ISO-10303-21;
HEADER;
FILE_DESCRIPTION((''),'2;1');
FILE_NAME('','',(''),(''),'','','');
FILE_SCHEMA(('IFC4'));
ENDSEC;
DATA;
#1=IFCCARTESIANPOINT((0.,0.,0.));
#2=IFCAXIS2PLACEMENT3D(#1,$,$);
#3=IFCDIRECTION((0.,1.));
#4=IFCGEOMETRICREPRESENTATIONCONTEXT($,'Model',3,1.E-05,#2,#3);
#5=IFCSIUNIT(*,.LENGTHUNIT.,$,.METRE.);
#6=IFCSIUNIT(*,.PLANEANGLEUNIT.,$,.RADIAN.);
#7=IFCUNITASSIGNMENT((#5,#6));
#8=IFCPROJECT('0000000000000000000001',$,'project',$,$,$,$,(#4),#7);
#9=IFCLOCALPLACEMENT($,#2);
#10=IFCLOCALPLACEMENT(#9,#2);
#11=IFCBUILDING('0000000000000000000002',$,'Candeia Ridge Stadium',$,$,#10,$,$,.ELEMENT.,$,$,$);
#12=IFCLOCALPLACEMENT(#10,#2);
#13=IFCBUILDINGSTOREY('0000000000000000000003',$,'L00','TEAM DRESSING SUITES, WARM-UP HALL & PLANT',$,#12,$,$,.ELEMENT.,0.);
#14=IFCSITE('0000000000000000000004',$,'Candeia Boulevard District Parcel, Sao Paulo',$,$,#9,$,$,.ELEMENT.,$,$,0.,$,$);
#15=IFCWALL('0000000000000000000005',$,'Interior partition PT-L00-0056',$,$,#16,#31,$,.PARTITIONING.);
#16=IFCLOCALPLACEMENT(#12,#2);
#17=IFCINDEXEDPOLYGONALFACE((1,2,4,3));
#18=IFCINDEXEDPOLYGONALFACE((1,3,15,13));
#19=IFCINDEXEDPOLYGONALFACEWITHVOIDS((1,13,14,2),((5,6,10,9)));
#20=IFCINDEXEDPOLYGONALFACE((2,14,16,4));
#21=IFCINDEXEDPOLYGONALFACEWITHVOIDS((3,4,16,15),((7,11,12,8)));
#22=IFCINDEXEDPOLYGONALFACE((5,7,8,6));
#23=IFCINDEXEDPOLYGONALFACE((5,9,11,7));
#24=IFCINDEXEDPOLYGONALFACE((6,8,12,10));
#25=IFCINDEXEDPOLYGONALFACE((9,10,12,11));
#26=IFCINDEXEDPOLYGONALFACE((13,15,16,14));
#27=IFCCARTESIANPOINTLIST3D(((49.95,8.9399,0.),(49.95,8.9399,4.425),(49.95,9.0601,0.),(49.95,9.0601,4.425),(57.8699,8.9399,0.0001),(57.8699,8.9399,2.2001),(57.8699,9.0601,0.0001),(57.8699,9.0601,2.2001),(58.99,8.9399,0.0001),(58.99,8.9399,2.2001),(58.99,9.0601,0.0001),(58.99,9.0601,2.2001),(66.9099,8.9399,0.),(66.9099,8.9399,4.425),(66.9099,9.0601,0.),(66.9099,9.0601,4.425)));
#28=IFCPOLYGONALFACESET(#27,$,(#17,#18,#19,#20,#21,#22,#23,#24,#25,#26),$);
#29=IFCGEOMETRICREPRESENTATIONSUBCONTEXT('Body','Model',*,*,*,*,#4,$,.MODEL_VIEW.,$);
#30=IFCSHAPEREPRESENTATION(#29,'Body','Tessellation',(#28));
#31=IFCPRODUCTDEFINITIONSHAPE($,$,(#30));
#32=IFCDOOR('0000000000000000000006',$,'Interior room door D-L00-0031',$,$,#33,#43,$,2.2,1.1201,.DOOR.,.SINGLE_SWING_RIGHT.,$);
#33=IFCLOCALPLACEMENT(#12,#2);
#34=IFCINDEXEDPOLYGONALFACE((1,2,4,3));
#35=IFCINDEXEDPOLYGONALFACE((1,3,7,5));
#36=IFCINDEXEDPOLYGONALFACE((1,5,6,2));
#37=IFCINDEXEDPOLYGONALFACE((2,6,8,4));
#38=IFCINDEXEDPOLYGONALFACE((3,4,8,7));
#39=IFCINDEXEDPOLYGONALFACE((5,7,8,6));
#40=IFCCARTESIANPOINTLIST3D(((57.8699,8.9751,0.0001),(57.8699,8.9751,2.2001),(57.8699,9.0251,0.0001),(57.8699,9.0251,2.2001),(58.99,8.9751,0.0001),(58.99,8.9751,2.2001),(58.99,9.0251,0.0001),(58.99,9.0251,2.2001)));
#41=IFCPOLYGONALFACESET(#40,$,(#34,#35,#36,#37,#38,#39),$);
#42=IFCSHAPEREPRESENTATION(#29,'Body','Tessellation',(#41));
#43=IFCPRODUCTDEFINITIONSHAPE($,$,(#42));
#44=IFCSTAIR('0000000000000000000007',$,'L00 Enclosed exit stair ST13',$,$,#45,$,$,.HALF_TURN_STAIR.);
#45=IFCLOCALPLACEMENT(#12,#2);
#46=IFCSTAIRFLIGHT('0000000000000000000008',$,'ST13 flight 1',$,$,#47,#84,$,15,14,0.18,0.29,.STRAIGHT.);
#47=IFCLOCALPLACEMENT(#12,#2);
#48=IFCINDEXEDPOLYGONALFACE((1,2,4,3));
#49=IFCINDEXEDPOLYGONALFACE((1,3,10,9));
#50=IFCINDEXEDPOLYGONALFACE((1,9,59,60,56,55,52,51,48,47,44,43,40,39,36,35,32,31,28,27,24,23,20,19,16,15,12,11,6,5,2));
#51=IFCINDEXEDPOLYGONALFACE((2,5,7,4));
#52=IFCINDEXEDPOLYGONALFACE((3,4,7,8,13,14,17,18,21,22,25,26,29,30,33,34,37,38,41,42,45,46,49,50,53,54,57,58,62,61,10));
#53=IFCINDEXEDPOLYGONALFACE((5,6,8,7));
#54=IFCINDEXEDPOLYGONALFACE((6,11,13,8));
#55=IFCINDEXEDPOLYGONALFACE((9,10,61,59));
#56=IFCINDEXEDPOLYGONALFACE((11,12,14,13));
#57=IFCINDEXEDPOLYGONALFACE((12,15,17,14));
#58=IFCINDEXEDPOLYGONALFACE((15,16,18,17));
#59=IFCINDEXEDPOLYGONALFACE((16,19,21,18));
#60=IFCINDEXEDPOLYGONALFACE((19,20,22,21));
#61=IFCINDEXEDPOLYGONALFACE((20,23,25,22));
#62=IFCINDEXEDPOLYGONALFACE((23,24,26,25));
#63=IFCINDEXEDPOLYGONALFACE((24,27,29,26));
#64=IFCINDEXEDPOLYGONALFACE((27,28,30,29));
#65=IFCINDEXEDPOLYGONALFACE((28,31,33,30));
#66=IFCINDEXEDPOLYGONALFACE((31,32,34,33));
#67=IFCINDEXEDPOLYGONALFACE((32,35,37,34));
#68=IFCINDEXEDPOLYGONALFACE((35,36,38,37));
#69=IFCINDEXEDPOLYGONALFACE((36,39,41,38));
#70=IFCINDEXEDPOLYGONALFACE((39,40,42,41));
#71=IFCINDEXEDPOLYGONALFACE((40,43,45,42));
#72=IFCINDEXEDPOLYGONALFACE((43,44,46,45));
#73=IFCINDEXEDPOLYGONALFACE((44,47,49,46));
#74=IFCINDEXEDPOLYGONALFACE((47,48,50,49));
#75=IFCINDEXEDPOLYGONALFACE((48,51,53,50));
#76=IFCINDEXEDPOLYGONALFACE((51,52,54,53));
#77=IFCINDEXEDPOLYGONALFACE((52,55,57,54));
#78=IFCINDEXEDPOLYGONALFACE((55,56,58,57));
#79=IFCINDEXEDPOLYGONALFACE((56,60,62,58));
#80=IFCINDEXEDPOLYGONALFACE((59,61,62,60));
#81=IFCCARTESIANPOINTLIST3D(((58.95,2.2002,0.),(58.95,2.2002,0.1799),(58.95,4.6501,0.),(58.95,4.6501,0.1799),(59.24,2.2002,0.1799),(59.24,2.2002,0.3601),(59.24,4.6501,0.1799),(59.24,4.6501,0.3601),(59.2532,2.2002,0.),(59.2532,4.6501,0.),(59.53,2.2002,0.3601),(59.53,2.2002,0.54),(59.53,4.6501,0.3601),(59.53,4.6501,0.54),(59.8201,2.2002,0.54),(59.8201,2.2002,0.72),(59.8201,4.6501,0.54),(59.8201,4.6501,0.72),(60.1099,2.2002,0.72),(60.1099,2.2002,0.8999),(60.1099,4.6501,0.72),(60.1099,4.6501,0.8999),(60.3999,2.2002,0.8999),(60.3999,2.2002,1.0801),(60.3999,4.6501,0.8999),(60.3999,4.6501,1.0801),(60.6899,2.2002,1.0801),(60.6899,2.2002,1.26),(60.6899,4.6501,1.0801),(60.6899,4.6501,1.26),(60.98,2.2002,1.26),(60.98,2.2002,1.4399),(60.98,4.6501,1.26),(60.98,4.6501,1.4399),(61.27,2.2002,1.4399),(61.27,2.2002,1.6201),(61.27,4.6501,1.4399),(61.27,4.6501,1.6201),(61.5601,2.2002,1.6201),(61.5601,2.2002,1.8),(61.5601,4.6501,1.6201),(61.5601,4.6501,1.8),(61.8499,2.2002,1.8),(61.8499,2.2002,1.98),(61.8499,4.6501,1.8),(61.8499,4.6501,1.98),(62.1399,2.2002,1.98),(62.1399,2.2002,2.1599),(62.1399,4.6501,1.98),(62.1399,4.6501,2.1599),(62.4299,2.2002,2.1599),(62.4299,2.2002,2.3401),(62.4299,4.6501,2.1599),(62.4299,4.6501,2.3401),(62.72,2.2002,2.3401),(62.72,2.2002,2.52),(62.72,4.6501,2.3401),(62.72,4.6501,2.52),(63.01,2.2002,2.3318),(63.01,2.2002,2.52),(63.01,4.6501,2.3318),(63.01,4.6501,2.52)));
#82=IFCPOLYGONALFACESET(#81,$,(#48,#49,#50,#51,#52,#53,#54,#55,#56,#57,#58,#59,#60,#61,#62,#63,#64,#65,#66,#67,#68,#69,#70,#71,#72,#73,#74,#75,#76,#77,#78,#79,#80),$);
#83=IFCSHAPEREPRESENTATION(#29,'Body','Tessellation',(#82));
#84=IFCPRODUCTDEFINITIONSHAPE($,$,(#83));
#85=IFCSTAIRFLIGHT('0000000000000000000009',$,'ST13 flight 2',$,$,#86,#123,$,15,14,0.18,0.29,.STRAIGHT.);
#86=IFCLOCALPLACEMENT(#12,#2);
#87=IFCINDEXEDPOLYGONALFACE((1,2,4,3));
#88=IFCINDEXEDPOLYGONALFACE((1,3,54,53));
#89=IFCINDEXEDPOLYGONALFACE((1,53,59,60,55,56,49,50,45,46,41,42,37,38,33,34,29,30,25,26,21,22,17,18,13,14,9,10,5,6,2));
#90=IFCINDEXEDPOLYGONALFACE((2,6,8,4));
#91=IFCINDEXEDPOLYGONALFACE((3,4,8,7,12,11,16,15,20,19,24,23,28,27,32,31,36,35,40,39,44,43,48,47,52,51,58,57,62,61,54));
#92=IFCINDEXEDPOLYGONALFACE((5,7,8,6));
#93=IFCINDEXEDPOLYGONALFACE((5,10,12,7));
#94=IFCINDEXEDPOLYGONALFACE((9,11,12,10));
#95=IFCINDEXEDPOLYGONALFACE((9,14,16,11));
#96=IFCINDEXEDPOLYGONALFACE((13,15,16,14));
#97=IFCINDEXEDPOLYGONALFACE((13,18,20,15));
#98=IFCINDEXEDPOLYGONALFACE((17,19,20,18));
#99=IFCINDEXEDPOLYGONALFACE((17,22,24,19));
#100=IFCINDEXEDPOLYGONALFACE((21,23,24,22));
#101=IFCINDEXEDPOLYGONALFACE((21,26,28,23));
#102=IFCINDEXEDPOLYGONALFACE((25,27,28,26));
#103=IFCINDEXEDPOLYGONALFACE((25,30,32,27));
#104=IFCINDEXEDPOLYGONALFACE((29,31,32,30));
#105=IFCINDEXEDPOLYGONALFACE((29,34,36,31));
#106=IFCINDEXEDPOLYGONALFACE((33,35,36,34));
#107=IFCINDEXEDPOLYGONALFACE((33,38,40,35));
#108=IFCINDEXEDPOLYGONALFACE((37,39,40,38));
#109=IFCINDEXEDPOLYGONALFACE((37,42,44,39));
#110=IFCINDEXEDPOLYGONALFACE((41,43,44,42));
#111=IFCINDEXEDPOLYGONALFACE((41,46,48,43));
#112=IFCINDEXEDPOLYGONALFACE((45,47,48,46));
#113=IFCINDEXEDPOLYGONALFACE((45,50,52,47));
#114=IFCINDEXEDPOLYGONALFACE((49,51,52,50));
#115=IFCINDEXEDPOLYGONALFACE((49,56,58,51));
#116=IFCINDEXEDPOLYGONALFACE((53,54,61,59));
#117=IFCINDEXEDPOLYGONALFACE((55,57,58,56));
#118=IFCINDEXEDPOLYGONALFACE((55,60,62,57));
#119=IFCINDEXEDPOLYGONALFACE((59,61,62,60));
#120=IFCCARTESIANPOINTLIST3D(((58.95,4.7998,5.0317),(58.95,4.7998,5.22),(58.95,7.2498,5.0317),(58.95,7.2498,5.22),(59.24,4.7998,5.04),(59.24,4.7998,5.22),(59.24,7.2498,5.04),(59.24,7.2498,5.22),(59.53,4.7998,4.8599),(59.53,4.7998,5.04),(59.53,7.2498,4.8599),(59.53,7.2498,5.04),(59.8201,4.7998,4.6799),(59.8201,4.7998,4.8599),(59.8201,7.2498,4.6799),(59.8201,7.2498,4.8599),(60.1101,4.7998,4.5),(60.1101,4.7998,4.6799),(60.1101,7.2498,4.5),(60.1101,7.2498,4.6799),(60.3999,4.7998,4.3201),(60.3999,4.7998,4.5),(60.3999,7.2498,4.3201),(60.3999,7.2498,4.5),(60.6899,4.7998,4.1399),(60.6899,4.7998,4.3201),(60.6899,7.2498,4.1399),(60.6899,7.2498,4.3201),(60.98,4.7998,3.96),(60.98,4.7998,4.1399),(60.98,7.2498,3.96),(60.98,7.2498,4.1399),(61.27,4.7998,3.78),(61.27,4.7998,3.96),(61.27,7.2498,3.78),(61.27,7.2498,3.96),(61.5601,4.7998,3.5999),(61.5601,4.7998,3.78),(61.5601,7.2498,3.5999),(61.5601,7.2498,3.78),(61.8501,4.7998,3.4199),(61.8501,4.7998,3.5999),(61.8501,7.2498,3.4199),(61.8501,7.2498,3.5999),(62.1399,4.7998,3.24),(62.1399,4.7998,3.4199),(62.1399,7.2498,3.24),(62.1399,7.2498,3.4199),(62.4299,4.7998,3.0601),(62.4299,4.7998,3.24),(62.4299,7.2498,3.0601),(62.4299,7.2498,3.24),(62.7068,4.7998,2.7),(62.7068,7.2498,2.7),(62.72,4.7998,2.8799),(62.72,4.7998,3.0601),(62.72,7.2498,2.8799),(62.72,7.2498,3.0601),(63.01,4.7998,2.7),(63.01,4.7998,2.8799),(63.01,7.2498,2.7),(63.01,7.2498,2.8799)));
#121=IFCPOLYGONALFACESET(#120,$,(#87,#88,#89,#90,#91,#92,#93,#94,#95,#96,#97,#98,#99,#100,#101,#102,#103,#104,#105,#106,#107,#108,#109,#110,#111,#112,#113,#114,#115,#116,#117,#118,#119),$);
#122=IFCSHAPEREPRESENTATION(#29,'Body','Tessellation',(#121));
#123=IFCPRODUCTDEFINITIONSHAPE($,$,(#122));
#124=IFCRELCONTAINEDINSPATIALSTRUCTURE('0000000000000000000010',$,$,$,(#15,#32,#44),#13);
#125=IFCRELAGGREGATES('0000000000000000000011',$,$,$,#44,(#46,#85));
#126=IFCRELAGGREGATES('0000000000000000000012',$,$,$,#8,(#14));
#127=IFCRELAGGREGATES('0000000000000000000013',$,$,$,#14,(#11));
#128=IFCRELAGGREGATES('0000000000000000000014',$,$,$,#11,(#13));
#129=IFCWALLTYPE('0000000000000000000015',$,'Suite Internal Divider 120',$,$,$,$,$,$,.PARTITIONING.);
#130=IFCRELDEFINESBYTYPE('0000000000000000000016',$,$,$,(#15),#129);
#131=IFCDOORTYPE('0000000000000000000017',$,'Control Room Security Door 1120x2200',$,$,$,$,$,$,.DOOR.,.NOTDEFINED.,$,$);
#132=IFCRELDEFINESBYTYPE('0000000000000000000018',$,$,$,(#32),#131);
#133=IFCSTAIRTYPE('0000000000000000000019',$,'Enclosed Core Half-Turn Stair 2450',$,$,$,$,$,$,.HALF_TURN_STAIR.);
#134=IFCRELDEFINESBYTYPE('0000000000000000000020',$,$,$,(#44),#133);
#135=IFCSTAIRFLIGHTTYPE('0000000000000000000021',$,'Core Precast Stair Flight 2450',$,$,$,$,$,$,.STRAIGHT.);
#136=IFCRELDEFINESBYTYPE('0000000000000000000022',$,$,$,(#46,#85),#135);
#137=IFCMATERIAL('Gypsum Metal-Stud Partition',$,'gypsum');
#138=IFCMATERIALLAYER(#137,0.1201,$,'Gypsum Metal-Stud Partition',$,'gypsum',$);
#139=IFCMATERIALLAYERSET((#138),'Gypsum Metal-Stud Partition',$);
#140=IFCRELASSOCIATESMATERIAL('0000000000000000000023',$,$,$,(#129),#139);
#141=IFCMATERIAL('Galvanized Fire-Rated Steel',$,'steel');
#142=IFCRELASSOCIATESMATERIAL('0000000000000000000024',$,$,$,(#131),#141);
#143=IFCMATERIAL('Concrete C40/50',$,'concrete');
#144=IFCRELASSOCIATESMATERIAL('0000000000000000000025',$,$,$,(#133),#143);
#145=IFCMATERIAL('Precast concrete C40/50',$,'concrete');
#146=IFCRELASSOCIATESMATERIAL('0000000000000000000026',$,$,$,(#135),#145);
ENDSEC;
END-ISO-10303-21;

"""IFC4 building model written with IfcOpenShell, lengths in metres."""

from ifc_helpers import new_model, si_unit, direction, frame, frame_2d, origin, place, context, subcontext, project, spatial, polyline, rectangle, outline, extrude, material, layer, layer_set, type_object, element, fill, aggregate, save


model = new_model("IFC4")

# Units and contexts
model_context = context("Model", 3, precision=1e-05, world=origin(), true_north=direction((0.0, 1.0)))
body_context = subcontext(model_context, "Body", "Model", "MODEL_VIEW")
ifc_project = project(units=[si_unit("LENGTHUNIT", "METRE"), si_unit("PLANEANGLEUNIT", "RADIAN")], contexts=[model_context])

# Site, building, storey
site_placement = place(None, origin())
site = spatial("IfcSite", under=ifc_project, at=site_placement, Name="Candeia Boulevard District Parcel, Sao Paulo", CompositionType="ELEMENT", RefElevation=0.0)
building_placement = place(site_placement, origin())
building = spatial("IfcBuilding", under=site, at=building_placement, Name="Candeia Ridge Stadium", CompositionType="ELEMENT")
storey_placement = place(building_placement, origin())
storey = spatial("IfcBuildingStorey", under=building, at=storey_placement, Name="L00", Description="TEAM DRESSING SUITES, WARM-UP HALL & PLANT", CompositionType="ELEMENT", Elevation=0.0)

# Shared definitions
ifc_material_1 = material(Name="Concrete C40/50", Category="concrete")

# Wall, opening, door
ifc_material_2 = material(Name="Galvanized Fire-Rated Steel", Category="steel")
ifc_material_3 = material(Name="Gypsum Metal-Stud Partition", Category="gypsum")
ifc_layer_1 = layer(ifc_material_3, 0.1201, Name="Gypsum Metal-Stud Partition", Category="gypsum")
ifc_layer_set_1 = layer_set([ifc_layer_1], Name="Gypsum Metal-Stud Partition")
wall_type_1 = type_object("IfcWallType", Name="Suite Internal Divider 120", PredefinedType="PARTITIONING", material=ifc_layer_set_1)
wall_1_placement = place(storey_placement, frame((49.95, 9.0, 0.0), z_axis=(0.0, 0.0, 1.0), x_axis=(1.0, 0.0, 0.0)))
wall_1 = element("IfcWall", 1, at=wall_1_placement, inside=storey, type_object=wall_type_1, Name="Interior partition PT-L00-0056", PredefinedType="PARTITIONING", context=body_context, shape_type="SweptSolid", body=[
    extrude(rectangle(XDim=16.96, YDim=0.1201, at=frame_2d((8.48, 0.0))), origin(), (0.0, 0.0, 1.0), 4.425),
])
opening_1_placement = place(wall_1_placement, frame((7.9199, 0.0, 0.0)))
opening_1 = element("IfcOpeningElement", 2, at=opening_1_placement, cuts=wall_1, PredefinedType="OPENING", context=body_context, shape_type="SweptSolid", body=[
    extrude(rectangle(XDim=1.1201, YDim=2.2, at=frame_2d((0.5601, 1.1001))), frame((0.0, 0.0701, 0.0), z_axis=(0.0, -1.0, 0.0), x_axis=(1.0, 0.0, 0.0)), (0.0, 0.0, 1.0), 0.1401),
])
door_type_1 = type_object("IfcDoorType", Name="Control Room Security Door 1120x2200", OperationType="NOTDEFINED", PredefinedType="DOOR", material=ifc_material_2)
door_1_placement = place(opening_1_placement, frame((1.1201, 0.0, 0.0), z_axis=(0.0, 0.0, 1.0), x_axis=(-1.0, 0.0, 0.0)))
door_1 = element("IfcDoor", 3, at=door_1_placement, inside=storey, type_object=door_type_1, Name="Interior room door D-L00-0031", OperationType="SINGLE_SWING_RIGHT", OverallHeight=2.2, OverallWidth=1.1201, PredefinedType="DOOR", context=body_context, shape_type="SweptSolid", body=[
    extrude(rectangle(XDim=1.1201, YDim=2.2, at=frame_2d((0.5601, 1.1001))), frame((0.0, 0.0249, 0.0), z_axis=(0.0, -1.0, 0.0), x_axis=(1.0, 0.0, 0.0)), (0.0, 0.0, 1.0), 0.05),
])
fill(opening_1, door_1)

# Stair, stair flights
stair_type = type_object("IfcStairType", Name="Enclosed Core Half-Turn Stair 2450", PredefinedType="HALF_TURN_STAIR", material=ifc_material_1)
stair_placement = place(storey_placement, origin())
stair = element("IfcStair", 4, at=stair_placement, inside=storey, type_object=stair_type, Name="L00 Enclosed exit stair ST13", PredefinedType="HALF_TURN_STAIR")
ifc_material_4 = material(Name="Precast concrete C40/50", Category="concrete")
stair_flight_type = type_object("IfcStairFlightType", Name="Core Precast Stair Flight 2450", PredefinedType="STRAIGHT", material=ifc_material_4)
stair_flight_1_placement = place(storey_placement, frame((58.95, 3.425, 0.0), z_axis=(0.0, 0.0, 1.0), x_axis=(1.0, 0.0, 0.0)))
stair_flight_1 = element("IfcStairFlight", 5, at=stair_flight_1_placement, type_object=stair_flight_type, Name="ST13 flight 1", NumberOfRisers=15, NumberOfTreads=14, PredefinedType="STRAIGHT", RiserHeight=0.18, TreadLength=0.29, context=body_context, shape_type="SweptSolid", body=[
    extrude(outline(polyline([(0.0, 0.0), (0.0, 0.1799), (0.29, 0.1799), (0.29, 0.3601), (0.5801, 0.3601), (0.5801, 0.54), (0.8701, 0.54), (0.8701, 0.72), (1.1599, 0.72), (1.1599, 0.8999), (1.45, 0.8999), (1.45, 1.0801), (1.74, 1.0801), (1.74, 1.26), (2.03, 1.26), (2.03, 1.4399), (2.3201, 1.4399), (2.3201, 1.6201), (2.6101, 1.6201), (2.6101, 1.8), (2.8999, 1.8), (2.8999, 1.98), (3.1899, 1.98), (3.1899, 2.1599), (3.48, 2.1599), (3.48, 2.3401), (3.77, 2.3401), (3.77, 2.52), (4.0601, 2.52), (4.0601, 2.7), (4.0601, 2.3318), (0.3032, 0.0), (0.0, 0.0)])), frame((0.0, 1.2251, 0.0), z_axis=(0.0, -1.0, 0.0), x_axis=(1.0, 0.0, 0.0)), (0.0, 0.0, 1.0), 2.45),
])
stair_flight_2_placement = place(storey_placement, frame((63.01, 6.0249, 2.7), z_axis=(0.0, 0.0, 1.0), x_axis=(-1.0, 0.0, 0.0)))
stair_flight_2 = element("IfcStairFlight", 6, at=stair_flight_2_placement, type_object=stair_flight_type, Name="ST13 flight 2", NumberOfRisers=15, NumberOfTreads=14, PredefinedType="STRAIGHT", RiserHeight=0.18, TreadLength=0.29, context=body_context, shape_type="SweptSolid", body=[
    extrude(outline(polyline([(0.0, 0.0), (0.0, 0.1799), (0.29, 0.1799), (0.29, 0.3601), (0.5801, 0.3601), (0.5801, 0.54), (0.8701, 0.54), (0.8701, 0.72), (1.1599, 0.72), (1.1599, 0.8999), (1.45, 0.8999), (1.45, 1.0801), (1.74, 1.0801), (1.74, 1.26), (2.03, 1.26), (2.03, 1.4399), (2.3201, 1.4399), (2.3201, 1.6201), (2.6101, 1.6201), (2.6101, 1.8), (2.8999, 1.8), (2.8999, 1.98), (3.1899, 1.98), (3.1899, 2.1599), (3.48, 2.1599), (3.48, 2.3401), (3.77, 2.3401), (3.77, 2.52), (4.0601, 2.52), (4.0601, 2.7), (4.0601, 2.3318), (0.3032, 0.0), (0.0, 0.0)])), frame((0.0, 1.2251, 0.0), z_axis=(0.0, -1.0, 0.0), x_axis=(1.0, 0.0, 0.0)), (0.0, 0.0, 1.0), 2.45),
])
aggregate(stair, [stair_flight_1, stair_flight_2])

save(model, "model.ifc")
